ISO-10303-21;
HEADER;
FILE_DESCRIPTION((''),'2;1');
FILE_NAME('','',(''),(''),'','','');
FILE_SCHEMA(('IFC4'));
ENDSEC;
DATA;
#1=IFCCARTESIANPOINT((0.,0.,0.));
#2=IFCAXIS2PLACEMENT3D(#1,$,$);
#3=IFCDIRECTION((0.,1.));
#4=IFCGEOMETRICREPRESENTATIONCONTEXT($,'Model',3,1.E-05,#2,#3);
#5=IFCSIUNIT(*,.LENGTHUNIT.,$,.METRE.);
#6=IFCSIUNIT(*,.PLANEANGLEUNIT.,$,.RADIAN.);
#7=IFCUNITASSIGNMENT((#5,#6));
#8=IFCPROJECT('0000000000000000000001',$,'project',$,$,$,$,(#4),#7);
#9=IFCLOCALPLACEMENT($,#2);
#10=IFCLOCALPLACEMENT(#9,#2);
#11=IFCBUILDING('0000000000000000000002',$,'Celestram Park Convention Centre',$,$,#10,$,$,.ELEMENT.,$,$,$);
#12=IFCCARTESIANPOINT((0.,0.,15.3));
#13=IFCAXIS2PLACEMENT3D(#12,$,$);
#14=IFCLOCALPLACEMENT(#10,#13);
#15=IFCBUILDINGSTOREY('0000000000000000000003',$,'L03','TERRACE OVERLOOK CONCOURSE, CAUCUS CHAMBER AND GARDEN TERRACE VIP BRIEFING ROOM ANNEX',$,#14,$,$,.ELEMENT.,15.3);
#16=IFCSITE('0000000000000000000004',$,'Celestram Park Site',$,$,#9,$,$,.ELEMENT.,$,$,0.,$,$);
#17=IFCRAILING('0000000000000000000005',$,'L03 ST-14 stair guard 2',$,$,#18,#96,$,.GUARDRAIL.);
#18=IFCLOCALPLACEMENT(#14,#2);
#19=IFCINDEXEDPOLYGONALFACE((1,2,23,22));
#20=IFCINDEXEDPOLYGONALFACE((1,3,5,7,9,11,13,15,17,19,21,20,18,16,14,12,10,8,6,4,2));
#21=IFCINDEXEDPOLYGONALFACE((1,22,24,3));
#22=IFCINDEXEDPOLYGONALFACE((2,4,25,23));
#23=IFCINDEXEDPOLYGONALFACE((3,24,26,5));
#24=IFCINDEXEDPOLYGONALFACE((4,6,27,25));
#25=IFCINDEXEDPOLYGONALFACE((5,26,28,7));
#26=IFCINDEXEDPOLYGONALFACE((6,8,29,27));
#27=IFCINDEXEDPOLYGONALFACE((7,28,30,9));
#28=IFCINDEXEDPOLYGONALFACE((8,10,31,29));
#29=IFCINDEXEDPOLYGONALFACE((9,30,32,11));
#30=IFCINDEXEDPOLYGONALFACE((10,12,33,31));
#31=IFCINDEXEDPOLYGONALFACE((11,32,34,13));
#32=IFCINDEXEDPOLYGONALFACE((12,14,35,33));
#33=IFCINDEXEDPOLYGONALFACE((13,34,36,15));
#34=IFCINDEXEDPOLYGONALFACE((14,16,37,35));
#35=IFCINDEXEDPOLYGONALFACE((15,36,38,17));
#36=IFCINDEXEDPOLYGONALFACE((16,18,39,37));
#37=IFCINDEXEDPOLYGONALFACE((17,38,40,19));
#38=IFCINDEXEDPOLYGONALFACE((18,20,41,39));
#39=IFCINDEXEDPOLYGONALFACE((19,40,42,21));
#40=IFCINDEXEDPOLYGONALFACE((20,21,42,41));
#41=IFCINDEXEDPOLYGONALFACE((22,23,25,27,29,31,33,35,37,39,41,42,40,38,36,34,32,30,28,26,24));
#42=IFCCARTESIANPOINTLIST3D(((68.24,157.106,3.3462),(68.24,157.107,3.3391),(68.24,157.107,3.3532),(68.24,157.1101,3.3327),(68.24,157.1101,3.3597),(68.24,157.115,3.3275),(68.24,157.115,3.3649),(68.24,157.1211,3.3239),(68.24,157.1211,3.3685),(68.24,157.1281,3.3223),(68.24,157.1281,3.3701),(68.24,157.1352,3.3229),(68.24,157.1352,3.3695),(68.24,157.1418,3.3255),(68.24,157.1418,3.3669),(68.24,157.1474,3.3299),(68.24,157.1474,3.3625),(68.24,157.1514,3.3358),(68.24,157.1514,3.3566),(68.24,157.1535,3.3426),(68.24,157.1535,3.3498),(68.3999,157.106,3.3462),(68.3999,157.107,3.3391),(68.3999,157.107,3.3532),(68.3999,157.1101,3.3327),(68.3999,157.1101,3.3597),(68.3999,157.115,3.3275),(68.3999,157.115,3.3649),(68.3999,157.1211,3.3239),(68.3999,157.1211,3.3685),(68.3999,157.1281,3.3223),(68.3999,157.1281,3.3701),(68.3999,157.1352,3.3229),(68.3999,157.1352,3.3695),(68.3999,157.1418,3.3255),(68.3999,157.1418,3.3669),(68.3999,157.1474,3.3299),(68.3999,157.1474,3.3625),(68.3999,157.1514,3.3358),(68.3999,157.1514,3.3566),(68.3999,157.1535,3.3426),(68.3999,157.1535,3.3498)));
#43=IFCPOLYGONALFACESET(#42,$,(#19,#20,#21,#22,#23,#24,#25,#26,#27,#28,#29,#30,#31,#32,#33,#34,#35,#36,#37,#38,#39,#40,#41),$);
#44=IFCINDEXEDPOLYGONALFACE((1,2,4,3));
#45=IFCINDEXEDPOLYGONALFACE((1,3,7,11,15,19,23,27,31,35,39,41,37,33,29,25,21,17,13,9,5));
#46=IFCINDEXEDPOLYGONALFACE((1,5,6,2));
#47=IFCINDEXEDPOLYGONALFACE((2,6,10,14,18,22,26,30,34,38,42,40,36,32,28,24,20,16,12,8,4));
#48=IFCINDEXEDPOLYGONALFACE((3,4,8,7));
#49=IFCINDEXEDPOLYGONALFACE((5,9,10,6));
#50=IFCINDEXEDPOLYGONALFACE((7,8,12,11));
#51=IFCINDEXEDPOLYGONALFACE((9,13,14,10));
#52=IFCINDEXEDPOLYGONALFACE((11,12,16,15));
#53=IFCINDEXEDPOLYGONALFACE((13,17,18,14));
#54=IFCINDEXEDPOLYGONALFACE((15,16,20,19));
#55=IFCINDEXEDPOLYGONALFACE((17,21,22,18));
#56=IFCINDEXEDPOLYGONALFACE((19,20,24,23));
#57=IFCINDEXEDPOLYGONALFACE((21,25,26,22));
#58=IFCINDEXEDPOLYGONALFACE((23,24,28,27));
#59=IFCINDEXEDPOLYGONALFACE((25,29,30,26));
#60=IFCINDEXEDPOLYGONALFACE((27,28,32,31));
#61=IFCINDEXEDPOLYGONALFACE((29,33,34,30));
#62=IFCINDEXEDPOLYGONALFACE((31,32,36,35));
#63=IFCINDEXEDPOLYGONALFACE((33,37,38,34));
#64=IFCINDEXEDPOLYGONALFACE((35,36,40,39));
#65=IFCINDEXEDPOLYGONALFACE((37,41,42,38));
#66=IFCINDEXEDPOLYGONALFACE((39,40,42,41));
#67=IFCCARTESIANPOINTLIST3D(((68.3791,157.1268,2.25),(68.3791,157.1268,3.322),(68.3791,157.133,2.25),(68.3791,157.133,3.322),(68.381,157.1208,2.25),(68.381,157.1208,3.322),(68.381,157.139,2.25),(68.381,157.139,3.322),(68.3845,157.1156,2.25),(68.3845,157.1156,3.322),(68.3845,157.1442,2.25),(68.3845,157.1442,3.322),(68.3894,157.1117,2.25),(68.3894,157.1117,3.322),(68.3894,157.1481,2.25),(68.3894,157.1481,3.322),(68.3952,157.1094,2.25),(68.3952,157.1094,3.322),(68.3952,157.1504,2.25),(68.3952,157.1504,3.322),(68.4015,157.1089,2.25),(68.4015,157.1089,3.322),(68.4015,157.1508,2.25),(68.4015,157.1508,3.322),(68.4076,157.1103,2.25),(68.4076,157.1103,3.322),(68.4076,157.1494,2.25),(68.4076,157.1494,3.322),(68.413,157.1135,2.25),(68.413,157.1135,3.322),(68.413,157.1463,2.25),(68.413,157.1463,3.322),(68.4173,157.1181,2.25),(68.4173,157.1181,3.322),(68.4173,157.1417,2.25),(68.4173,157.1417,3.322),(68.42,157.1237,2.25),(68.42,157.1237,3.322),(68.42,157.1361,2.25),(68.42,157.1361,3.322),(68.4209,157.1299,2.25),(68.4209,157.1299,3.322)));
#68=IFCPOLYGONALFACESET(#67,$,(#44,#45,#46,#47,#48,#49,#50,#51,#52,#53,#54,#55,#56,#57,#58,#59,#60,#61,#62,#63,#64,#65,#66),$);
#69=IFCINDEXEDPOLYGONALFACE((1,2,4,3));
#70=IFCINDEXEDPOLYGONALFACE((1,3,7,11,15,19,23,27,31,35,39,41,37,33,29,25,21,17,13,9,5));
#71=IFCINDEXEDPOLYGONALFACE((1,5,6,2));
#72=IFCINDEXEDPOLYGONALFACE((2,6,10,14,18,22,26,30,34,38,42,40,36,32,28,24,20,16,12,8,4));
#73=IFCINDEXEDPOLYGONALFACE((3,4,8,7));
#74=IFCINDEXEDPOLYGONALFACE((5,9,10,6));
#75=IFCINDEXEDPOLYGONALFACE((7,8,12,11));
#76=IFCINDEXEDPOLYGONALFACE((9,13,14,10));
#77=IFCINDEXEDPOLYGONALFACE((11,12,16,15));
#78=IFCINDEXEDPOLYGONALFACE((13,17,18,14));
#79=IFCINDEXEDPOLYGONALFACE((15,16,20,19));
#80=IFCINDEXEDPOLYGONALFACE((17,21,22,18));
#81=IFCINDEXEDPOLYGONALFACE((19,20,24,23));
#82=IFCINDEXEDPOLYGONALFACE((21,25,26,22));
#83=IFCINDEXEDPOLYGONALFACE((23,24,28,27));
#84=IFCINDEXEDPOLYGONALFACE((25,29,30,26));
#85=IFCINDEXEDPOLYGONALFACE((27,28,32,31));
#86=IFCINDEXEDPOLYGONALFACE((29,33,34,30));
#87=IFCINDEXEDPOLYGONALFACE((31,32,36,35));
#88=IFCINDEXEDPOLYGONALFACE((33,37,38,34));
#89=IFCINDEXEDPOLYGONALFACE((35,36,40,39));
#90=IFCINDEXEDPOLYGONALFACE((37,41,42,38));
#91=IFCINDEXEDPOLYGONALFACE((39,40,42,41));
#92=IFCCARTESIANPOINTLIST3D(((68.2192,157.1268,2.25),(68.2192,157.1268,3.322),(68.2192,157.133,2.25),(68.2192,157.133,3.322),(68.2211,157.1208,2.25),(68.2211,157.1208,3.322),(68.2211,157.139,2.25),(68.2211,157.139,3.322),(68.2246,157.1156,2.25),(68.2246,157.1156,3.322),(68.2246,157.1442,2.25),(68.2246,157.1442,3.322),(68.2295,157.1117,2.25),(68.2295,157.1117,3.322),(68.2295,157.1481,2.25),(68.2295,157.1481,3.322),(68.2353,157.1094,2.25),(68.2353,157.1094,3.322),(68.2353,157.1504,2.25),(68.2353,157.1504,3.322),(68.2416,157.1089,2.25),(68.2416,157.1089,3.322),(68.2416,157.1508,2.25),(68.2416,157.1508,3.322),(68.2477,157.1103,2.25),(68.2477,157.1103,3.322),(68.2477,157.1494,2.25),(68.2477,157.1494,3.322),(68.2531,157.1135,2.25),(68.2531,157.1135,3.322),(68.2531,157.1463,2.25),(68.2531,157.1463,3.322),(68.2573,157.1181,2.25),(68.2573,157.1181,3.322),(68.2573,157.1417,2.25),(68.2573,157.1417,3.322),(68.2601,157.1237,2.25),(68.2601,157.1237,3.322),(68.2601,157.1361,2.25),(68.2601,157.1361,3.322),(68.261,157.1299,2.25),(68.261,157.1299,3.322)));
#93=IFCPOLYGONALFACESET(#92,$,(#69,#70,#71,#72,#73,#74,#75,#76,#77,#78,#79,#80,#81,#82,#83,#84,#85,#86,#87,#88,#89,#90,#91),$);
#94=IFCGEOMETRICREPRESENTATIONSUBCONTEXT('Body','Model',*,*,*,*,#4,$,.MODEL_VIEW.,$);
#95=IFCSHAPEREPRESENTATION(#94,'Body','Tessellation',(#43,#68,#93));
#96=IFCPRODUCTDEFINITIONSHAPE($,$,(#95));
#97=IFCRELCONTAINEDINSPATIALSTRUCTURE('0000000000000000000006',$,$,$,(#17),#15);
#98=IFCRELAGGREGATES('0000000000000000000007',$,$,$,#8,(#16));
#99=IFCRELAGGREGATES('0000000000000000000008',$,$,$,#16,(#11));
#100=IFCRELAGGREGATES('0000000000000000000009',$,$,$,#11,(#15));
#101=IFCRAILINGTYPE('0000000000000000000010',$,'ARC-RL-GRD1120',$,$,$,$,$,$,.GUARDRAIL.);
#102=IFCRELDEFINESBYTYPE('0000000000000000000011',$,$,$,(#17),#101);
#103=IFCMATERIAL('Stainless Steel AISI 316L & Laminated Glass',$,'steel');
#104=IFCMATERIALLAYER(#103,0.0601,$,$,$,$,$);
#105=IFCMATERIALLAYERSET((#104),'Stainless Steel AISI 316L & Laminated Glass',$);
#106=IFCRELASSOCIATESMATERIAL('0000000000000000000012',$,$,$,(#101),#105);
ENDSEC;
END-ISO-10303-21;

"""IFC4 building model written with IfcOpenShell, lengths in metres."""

from ifc_helpers import new_model, si_unit, direction, frame, origin, origin_2d, place, context, subcontext, project, spatial, circle, extrude, material, layer, layer_set, type_object, element, save


model = new_model("IFC4")

# Units and contexts
model_context = context("Model", 3, precision=1e-05, world=origin(), true_north=direction((0.0, 1.0)))
body_context = subcontext(model_context, "Body", "Model", "MODEL_VIEW")
ifc_project = project(units=[si_unit("LENGTHUNIT", "METRE"), si_unit("PLANEANGLEUNIT", "RADIAN")], contexts=[model_context])

# Site, building, storey
site_placement = place(None, origin())
site = spatial("IfcSite", under=ifc_project, at=site_placement, Name="Celestram Park Site", CompositionType="ELEMENT", RefElevation=0.0)
building_placement = place(site_placement, origin())
building = spatial("IfcBuilding", under=site, at=building_placement, Name="Celestram Park Convention Centre", CompositionType="ELEMENT")
storey_placement = place(building_placement, frame((0.0, 0.0, 15.3)))
storey = spatial("IfcBuildingStorey", under=building, at=storey_placement, Name="L03", Description="TERRACE OVERLOOK CONCOURSE, CAUCUS CHAMBER AND GARDEN TERRACE VIP BRIEFING ROOM ANNEX", CompositionType="ELEMENT", Elevation=15.3)

# Railing
ifc_material_1 = material(Name="Stainless Steel AISI 316L & Laminated Glass", Category="steel")
ifc_layer_1 = layer(ifc_material_1, 0.0601)
ifc_layer_set_1 = layer_set([ifc_layer_1], Name="Stainless Steel AISI 316L & Laminated Glass")
railing_type_1 = type_object("IfcRailingType", Name="ARC-RL-GRD1120", PredefinedType="GUARDRAIL", material=ifc_layer_set_1)
railing_1_placement = place(storey_placement, frame((68.3999, 157.1299, 2.25)))
element("IfcRailing", 1, at=railing_1_placement, inside=storey, type_object=railing_type_1, Name="L03 ST-14 stair guard 2", PredefinedType="GUARDRAIL", context=body_context, shape_type="SweptSolid", body=[
    extrude(circle(Radius=0.0239, at=origin_2d()), frame((0.0, 0.0, 1.0962), z_axis=(-1.0, 0.0, 0.0), x_axis=(0.0, -1.0, 0.0)), (0.0, 0.0, 1.0), 0.1599),
    extrude(circle(Radius=0.021, at=origin_2d()), origin(), (0.0, 0.0, 1.0), 1.072),
    extrude(circle(Radius=0.021, at=origin_2d()), frame((-0.1599, 0.0, 0.0)), (0.0, 0.0, 1.0), 1.072),
])

save(model, "model.ifc")
